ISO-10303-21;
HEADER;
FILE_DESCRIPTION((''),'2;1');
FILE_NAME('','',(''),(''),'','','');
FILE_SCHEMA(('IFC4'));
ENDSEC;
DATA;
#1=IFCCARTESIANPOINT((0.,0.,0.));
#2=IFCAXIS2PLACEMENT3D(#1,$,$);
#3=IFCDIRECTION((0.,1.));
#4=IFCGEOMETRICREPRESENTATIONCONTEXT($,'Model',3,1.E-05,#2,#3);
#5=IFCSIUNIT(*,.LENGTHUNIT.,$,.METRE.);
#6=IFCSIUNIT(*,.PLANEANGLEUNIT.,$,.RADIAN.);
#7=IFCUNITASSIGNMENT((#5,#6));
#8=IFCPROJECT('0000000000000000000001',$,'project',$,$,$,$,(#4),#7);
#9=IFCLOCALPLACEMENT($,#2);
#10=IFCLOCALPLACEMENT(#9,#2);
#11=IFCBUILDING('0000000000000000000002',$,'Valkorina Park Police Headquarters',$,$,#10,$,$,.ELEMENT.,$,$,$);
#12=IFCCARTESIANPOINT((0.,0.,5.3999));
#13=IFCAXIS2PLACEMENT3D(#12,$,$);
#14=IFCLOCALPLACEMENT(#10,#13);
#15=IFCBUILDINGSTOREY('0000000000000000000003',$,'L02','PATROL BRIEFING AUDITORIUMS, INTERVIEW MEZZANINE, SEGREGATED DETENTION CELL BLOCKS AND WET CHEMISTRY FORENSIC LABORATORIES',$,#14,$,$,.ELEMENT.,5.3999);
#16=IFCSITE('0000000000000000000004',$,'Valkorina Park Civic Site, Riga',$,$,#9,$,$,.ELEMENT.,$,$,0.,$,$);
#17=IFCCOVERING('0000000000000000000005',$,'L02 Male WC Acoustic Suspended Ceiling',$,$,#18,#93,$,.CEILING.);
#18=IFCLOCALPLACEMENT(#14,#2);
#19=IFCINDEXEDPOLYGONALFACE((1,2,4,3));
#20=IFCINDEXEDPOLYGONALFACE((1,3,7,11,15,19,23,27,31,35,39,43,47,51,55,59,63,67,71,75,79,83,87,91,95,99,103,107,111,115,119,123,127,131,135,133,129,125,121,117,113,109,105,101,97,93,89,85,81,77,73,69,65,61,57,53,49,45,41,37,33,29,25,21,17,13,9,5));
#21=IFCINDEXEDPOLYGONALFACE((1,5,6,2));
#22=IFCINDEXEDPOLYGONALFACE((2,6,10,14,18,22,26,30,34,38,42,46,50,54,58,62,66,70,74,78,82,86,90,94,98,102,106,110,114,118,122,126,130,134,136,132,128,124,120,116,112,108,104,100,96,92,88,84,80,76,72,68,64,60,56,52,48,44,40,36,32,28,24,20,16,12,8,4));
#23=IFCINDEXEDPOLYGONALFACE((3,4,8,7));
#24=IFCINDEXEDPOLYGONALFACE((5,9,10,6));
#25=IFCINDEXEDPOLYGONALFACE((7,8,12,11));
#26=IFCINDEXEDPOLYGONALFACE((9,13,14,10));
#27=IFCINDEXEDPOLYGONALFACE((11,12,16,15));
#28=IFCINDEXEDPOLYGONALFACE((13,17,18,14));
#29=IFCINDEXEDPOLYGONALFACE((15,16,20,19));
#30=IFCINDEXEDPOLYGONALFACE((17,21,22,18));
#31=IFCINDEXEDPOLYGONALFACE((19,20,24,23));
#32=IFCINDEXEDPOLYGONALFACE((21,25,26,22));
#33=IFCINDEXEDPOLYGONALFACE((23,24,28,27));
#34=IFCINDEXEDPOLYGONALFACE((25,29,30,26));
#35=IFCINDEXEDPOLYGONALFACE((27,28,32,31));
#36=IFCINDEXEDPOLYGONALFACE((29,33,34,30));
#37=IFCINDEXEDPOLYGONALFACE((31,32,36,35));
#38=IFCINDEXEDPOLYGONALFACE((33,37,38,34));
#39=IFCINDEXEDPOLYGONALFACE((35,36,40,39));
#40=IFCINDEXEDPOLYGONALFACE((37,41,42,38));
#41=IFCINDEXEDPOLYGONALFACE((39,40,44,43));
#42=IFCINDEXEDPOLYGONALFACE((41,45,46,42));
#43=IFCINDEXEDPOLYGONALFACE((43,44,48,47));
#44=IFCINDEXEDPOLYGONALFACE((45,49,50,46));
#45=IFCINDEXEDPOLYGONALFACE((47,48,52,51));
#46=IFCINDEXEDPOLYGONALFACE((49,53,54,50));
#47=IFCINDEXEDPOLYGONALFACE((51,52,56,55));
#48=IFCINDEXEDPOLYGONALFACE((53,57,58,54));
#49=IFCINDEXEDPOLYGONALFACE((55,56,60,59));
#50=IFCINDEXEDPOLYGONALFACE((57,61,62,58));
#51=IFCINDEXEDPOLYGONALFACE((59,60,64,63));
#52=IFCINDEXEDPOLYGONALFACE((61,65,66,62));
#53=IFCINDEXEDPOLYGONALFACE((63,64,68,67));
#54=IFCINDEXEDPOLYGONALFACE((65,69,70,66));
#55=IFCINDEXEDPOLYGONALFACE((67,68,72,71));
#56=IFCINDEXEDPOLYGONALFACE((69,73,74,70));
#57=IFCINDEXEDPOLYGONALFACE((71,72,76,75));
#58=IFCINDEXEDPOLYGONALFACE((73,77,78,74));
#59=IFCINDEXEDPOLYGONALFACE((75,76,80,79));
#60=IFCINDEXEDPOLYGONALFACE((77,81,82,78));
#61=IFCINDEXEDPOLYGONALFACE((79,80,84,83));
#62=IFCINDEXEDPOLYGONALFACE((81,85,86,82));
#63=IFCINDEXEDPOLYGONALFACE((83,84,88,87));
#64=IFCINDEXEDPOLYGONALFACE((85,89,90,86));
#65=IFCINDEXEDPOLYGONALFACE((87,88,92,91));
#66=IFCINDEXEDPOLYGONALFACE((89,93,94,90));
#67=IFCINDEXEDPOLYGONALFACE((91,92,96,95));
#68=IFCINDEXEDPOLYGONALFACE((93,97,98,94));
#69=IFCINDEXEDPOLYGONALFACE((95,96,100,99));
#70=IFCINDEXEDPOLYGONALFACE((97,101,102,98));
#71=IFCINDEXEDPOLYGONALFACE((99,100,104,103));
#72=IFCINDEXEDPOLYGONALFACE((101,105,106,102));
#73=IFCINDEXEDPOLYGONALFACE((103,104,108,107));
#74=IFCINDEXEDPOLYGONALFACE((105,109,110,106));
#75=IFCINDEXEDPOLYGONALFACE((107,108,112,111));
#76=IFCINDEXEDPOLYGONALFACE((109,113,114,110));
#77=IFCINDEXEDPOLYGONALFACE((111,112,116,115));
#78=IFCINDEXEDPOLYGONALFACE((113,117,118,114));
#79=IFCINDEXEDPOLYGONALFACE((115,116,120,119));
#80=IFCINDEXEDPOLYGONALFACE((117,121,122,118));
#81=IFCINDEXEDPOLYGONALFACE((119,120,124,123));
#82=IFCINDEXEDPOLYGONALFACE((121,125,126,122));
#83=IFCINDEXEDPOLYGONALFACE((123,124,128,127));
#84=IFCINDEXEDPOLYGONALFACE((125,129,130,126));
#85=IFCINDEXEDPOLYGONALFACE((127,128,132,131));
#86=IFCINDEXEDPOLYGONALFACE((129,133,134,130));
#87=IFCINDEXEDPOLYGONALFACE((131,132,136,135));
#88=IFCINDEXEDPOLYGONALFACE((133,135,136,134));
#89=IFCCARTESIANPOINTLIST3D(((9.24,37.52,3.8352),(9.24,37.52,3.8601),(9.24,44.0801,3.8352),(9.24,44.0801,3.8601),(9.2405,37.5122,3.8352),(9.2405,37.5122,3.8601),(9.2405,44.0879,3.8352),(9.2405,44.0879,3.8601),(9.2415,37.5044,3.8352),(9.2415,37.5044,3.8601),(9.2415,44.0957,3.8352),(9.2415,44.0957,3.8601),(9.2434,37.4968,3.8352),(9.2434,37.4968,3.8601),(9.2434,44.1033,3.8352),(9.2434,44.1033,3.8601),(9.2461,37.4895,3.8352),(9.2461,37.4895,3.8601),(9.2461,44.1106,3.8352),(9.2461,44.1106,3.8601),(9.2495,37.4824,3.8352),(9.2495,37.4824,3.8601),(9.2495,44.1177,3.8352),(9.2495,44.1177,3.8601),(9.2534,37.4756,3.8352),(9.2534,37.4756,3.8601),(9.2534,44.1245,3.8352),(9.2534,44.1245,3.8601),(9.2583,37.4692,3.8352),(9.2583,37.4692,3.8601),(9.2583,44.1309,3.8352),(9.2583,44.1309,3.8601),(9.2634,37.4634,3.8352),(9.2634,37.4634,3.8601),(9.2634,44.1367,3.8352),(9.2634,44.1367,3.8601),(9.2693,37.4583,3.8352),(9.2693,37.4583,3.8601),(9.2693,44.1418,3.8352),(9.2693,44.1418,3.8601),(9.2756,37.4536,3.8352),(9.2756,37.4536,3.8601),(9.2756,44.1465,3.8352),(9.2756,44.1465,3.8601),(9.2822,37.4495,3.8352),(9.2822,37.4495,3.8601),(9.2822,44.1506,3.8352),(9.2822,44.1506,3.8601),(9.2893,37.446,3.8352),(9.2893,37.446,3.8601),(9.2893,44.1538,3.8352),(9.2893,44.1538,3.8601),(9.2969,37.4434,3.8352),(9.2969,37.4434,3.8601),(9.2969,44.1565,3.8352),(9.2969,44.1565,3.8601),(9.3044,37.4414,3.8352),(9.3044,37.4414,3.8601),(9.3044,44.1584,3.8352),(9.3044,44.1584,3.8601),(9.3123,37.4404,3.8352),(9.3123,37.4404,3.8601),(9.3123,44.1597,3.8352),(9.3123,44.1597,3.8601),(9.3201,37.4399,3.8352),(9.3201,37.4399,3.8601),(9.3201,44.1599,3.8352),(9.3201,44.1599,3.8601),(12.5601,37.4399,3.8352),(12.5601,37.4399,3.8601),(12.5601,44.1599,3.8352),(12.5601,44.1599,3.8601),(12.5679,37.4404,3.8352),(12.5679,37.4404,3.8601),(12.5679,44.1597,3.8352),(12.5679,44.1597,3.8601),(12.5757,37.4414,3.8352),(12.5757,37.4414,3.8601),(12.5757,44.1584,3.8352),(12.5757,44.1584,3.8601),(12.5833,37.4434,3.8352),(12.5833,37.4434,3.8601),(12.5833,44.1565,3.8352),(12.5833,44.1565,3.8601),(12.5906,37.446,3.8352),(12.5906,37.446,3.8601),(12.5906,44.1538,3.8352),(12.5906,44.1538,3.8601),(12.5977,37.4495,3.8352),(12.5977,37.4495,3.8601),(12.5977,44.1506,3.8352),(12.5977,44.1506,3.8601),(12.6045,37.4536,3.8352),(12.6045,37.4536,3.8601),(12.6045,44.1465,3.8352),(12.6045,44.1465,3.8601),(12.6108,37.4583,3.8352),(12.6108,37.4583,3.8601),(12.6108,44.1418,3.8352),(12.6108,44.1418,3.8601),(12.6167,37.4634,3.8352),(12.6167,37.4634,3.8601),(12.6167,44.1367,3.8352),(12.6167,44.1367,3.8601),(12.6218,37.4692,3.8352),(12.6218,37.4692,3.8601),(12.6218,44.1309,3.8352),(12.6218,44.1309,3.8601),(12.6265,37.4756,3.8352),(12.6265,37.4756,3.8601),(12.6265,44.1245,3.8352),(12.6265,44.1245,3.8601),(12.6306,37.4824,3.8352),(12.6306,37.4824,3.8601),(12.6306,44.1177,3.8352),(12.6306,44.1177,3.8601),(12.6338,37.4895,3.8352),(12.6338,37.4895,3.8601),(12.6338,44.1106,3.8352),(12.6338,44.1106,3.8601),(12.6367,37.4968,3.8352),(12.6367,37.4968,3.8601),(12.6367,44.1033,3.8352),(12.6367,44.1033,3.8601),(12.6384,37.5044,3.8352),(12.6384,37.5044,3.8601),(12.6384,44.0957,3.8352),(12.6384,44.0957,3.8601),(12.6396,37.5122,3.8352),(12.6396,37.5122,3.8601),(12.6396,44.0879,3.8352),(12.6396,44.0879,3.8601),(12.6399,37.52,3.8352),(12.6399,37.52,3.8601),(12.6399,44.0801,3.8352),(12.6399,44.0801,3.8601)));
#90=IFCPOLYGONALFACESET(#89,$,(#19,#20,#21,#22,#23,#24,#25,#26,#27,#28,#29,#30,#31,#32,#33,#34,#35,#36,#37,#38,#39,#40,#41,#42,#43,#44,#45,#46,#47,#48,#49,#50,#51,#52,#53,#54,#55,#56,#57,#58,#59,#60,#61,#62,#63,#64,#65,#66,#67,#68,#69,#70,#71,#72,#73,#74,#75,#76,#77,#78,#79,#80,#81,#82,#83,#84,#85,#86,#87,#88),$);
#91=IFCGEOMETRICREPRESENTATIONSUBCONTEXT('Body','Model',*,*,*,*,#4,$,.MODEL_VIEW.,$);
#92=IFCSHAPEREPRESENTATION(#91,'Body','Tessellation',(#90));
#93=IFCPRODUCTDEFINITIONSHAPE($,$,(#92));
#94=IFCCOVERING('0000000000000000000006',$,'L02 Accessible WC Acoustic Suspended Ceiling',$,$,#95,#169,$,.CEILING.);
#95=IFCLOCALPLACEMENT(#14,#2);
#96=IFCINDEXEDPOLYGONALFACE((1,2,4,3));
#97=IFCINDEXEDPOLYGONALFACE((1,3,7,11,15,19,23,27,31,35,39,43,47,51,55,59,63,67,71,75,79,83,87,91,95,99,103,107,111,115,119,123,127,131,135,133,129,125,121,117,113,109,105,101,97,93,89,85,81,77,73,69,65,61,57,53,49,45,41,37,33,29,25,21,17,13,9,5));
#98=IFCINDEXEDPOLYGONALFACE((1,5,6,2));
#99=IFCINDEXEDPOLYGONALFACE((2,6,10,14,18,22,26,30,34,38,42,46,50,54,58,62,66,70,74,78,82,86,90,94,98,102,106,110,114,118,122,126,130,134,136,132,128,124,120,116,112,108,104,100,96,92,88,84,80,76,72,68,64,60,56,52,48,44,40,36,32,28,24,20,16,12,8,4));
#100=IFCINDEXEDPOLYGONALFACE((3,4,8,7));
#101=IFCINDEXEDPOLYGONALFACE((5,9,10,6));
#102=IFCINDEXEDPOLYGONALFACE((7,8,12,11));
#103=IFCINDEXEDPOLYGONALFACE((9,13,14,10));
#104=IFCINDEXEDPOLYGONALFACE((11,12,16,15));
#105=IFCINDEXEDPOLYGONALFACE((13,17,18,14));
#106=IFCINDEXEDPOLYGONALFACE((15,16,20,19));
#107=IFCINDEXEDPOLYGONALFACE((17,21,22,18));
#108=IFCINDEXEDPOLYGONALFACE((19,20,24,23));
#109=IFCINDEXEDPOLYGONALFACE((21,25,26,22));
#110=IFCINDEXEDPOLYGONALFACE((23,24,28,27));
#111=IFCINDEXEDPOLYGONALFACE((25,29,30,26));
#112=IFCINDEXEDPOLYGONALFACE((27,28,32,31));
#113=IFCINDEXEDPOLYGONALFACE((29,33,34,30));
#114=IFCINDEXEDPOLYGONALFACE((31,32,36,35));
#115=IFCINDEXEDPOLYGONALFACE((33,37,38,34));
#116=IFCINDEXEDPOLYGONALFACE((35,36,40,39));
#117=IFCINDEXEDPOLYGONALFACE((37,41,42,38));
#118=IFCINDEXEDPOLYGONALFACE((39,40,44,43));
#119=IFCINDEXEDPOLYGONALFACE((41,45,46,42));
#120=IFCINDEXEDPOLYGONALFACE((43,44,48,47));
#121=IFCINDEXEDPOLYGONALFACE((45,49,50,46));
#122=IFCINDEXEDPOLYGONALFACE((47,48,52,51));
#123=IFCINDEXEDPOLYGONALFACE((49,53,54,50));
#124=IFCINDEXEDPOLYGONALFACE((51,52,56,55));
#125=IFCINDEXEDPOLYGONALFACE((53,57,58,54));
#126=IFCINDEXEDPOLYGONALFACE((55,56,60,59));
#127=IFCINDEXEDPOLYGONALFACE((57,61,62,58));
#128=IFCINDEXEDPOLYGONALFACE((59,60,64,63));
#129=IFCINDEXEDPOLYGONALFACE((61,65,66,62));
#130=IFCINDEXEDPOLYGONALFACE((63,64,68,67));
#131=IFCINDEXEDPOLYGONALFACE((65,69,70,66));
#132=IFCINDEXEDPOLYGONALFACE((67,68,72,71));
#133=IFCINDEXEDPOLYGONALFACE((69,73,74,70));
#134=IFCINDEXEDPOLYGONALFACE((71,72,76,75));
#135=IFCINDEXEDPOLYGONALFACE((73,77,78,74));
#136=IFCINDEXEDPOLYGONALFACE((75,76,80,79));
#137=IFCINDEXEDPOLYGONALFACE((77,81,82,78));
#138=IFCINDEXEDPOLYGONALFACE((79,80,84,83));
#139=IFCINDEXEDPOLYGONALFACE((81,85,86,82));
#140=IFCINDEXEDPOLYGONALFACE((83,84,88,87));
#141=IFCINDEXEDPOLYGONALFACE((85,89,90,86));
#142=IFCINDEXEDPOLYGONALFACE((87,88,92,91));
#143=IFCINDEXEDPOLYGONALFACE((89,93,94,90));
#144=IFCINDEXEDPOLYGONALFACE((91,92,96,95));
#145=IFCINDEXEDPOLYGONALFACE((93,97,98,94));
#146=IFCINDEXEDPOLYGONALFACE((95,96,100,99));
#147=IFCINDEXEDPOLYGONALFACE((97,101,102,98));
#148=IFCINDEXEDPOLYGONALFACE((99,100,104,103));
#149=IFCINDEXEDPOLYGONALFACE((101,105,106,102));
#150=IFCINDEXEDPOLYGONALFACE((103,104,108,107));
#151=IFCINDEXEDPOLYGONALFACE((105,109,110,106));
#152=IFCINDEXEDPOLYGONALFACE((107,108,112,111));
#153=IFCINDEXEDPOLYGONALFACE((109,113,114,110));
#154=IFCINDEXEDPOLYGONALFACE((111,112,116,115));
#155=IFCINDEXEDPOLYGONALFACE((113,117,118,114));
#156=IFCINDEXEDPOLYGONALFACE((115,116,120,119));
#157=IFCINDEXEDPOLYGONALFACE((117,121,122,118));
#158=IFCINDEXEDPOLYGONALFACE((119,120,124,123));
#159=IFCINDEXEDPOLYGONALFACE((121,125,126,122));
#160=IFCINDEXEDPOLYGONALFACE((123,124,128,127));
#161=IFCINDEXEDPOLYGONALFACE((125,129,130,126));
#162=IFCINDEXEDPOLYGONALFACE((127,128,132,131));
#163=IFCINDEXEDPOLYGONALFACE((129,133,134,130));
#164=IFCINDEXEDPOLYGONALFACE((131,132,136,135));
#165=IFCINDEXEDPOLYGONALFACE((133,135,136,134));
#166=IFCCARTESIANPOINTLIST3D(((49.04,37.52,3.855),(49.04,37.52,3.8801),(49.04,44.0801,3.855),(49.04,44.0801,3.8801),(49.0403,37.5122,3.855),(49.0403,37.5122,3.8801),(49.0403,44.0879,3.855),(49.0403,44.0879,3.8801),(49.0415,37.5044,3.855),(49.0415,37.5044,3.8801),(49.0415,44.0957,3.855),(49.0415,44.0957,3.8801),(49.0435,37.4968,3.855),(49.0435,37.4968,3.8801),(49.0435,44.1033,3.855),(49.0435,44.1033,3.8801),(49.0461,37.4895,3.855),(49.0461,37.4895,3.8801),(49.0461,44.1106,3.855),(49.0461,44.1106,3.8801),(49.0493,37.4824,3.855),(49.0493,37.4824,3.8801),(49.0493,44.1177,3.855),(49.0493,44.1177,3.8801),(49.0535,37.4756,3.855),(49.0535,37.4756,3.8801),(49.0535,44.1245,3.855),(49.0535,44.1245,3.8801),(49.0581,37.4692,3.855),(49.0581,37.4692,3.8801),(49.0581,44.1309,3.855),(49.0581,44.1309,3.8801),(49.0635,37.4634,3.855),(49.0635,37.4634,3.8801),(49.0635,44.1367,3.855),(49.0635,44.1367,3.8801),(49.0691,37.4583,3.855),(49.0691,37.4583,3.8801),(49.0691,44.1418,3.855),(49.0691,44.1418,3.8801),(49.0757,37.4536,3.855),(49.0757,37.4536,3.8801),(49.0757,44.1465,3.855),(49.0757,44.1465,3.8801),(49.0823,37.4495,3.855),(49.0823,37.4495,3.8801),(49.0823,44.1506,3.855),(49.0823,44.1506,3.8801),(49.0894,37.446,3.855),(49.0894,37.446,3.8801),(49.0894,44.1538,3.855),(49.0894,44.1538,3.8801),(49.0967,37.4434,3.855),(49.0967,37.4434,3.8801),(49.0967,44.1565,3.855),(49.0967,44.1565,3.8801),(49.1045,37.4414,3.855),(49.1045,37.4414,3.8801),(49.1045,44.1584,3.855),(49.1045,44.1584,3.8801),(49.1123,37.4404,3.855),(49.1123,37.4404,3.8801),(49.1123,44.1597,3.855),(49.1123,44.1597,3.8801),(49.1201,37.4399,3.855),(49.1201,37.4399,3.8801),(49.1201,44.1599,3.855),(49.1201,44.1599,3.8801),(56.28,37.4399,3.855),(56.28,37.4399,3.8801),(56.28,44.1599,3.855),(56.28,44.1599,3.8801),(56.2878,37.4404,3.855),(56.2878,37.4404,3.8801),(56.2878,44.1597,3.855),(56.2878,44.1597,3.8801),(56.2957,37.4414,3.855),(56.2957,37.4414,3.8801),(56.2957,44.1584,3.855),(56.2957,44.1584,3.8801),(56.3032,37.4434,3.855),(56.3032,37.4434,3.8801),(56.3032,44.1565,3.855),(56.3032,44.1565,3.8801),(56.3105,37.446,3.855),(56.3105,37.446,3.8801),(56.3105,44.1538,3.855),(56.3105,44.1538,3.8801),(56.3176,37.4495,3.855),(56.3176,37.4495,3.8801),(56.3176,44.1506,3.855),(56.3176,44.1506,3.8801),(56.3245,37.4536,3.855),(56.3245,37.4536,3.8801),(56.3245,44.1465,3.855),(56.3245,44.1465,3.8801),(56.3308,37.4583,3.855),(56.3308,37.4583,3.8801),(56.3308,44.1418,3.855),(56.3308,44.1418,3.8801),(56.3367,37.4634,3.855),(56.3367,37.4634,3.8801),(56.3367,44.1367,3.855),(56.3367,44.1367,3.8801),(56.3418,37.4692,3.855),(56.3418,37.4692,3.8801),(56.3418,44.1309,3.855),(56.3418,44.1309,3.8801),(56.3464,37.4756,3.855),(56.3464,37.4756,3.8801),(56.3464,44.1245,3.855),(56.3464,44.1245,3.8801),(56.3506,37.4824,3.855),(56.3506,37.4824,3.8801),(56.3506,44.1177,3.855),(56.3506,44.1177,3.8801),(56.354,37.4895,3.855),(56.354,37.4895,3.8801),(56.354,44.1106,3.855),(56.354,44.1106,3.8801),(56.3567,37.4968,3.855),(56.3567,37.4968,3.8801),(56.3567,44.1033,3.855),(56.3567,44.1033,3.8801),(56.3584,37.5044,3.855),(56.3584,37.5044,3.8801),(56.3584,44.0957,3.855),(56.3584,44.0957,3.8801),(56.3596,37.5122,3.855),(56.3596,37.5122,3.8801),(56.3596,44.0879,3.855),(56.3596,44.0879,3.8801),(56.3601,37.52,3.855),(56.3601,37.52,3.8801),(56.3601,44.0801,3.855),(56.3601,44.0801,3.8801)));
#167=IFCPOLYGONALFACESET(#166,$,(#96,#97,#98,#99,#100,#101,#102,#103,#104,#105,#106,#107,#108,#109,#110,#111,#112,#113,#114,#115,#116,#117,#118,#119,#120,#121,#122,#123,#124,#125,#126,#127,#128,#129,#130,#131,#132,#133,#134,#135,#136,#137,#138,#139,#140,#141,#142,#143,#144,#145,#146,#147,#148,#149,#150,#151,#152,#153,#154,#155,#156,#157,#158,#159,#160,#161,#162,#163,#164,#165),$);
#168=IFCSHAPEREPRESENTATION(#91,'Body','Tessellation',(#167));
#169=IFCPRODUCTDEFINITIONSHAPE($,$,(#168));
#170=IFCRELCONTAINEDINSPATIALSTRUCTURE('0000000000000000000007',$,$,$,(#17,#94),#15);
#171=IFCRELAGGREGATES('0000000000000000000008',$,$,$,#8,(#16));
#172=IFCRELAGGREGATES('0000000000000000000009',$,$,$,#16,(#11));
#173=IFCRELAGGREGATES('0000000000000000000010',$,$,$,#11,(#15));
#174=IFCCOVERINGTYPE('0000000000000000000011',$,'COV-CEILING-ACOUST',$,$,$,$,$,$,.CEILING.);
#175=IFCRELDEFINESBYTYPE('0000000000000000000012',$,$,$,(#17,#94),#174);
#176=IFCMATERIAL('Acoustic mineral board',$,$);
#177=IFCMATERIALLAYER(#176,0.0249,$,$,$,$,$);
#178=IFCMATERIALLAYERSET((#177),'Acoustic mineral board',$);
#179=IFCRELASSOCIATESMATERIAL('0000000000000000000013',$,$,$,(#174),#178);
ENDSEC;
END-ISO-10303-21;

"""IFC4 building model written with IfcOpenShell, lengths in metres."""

from ifc_helpers import new_model, si_unit, direction, frame, origin, place, context, subcontext, project, spatial, polyline, outline, extrude, material, layer, layer_set, type_object, element, save


model = new_model("IFC4")

# Units and contexts
model_context = context("Model", 3, precision=1e-05, world=origin(), true_north=direction((0.0, 1.0)))
body_context = subcontext(model_context, "Body", "Model", "MODEL_VIEW")
ifc_project = project(units=[si_unit("LENGTHUNIT", "METRE"), si_unit("PLANEANGLEUNIT", "RADIAN")], contexts=[model_context])

# Site, building, storey
site_placement = place(None, origin())
site = spatial("IfcSite", under=ifc_project, at=site_placement, Name="Valkorina Park Civic Site, Riga", CompositionType="ELEMENT", RefElevation=0.0)
building_placement = place(site_placement, origin())
building = spatial("IfcBuilding", under=site, at=building_placement, Name="Valkorina Park Police Headquarters", CompositionType="ELEMENT")
storey_placement = place(building_placement, frame((0.0, 0.0, 5.3999)))
storey = spatial("IfcBuildingStorey", under=building, at=storey_placement, Name="L02", Description="PATROL BRIEFING AUDITORIUMS, INTERVIEW MEZZANINE, SEGREGATED DETENTION CELL BLOCKS AND WET CHEMISTRY FORENSIC LABORATORIES", CompositionType="ELEMENT", Elevation=5.3999)

# Coverings
ifc_material_1 = material(Name="Acoustic mineral board")
ifc_layer_1 = layer(ifc_material_1, 0.0249)
ifc_layer_set_1 = layer_set([ifc_layer_1], Name="Acoustic mineral board")
covering_type_1 = type_object("IfcCoveringType", Name="COV-CEILING-ACOUST", PredefinedType="CEILING", material=ifc_layer_set_1)
covering_1_placement = place(storey_placement, frame((0.0, 0.0, 3.8352)))
element("IfcCovering", 1, at=covering_1_placement, inside=storey, type_object=covering_type_1, Name="L02 Male WC Acoustic Suspended Ceiling", PredefinedType="CEILING", context=body_context, shape_type="SweptSolid", body=[
    extrude(outline(polyline([(12.6384, 37.5044), (12.6396, 37.5122), (12.6399, 37.52), (12.6399, 44.0801), (12.6396, 44.0879), (12.6384, 44.0957), (12.6367, 44.1033), (12.6338, 44.1106), (12.6306, 44.1177), (12.6265, 44.1245), (12.6218, 44.1309), (12.6167, 44.1367), (12.6108, 44.1418), (12.6045, 44.1465), (12.5977, 44.1506), (12.5906, 44.1538), (12.5833, 44.1565), (12.5757, 44.1584), (12.5679, 44.1597), (12.5601, 44.1599), (9.3201, 44.1599), (9.3123, 44.1597), (9.3044, 44.1584), (9.2969, 44.1565), (9.2893, 44.1538), (9.2822, 44.1506), (9.2756, 44.1465), (9.2693, 44.1418), (9.2634, 44.1367), (9.2583, 44.1309), (9.2534, 44.1245), (9.2495, 44.1177), (9.2461, 44.1106), (9.2434, 44.1033), (9.2415, 44.0957), (9.2405, 44.0879), (9.24, 44.0801), (9.24, 37.52), (9.2405, 37.5122), (9.2415, 37.5044), (9.2434, 37.4968), (9.2461, 37.4895), (9.2495, 37.4824), (9.2534, 37.4756), (9.2583, 37.4692), (9.2634, 37.4634), (9.2693, 37.4583), (9.2756, 37.4536), (9.2822, 37.4495), (9.2893, 37.446), (9.2969, 37.4434), (9.3044, 37.4414), (9.3123, 37.4404), (9.3201, 37.4399), (12.5601, 37.4399), (12.5679, 37.4404), (12.5757, 37.4414), (12.5833, 37.4434), (12.5906, 37.446), (12.5977, 37.4495), (12.6045, 37.4536), (12.6108, 37.4583), (12.6167, 37.4634), (12.6218, 37.4692), (12.6265, 37.4756), (12.6306, 37.4824), (12.6338, 37.4895), (12.6367, 37.4968), (12.6384, 37.5044)])), origin(), (0.0, 0.0, 1.0), 0.0249),
])
covering_2_placement = place(storey_placement, frame((0.0, 0.0, 3.855)))
element("IfcCovering", 2, at=covering_2_placement, inside=storey, type_object=covering_type_1, Name="L02 Accessible WC Acoustic Suspended Ceiling", PredefinedType="CEILING", context=body_context, shape_type="SweptSolid", body=[
    extrude(outline(polyline([(56.3584, 37.5044), (56.3596, 37.5122), (56.3601, 37.52), (56.3601, 44.0801), (56.3596, 44.0879), (56.3584, 44.0957), (56.3567, 44.1033), (56.354, 44.1106), (56.3506, 44.1177), (56.3464, 44.1245), (56.3418, 44.1309), (56.3367, 44.1367), (56.3308, 44.1418), (56.3245, 44.1465), (56.3176, 44.1506), (56.3105, 44.1538), (56.3032, 44.1565), (56.2957, 44.1584), (56.2878, 44.1597), (56.28, 44.1599), (49.1201, 44.1599), (49.1123, 44.1597), (49.1045, 44.1584), (49.0967, 44.1565), (49.0894, 44.1538), (49.0823, 44.1506), (49.0757, 44.1465), (49.0691, 44.1418), (49.0635, 44.1367), (49.0581, 44.1309), (49.0535, 44.1245), (49.0493, 44.1177), (49.0461, 44.1106), (49.0435, 44.1033), (49.0415, 44.0957), (49.0403, 44.0879), (49.04, 44.0801), (49.04, 37.52), (49.0403, 37.5122), (49.0415, 37.5044), (49.0435, 37.4968), (49.0461, 37.4895), (49.0493, 37.4824), (49.0535, 37.4756), (49.0581, 37.4692), (49.0635, 37.4634), (49.0691, 37.4583), (49.0757, 37.4536), (49.0823, 37.4495), (49.0894, 37.446), (49.0967, 37.4434), (49.1045, 37.4414), (49.1123, 37.4404), (49.1201, 37.4399), (56.28, 37.4399), (56.2878, 37.4404), (56.2957, 37.4414), (56.3032, 37.4434), (56.3105, 37.446), (56.3176, 37.4495), (56.3245, 37.4536), (56.3308, 37.4583), (56.3367, 37.4634), (56.3418, 37.4692), (56.3464, 37.4756), (56.3506, 37.4824), (56.354, 37.4895), (56.3567, 37.4968), (56.3584, 37.5044)])), origin(), (0.0, 0.0, 1.0), 0.0251),
])

save(model, "model.ifc")
